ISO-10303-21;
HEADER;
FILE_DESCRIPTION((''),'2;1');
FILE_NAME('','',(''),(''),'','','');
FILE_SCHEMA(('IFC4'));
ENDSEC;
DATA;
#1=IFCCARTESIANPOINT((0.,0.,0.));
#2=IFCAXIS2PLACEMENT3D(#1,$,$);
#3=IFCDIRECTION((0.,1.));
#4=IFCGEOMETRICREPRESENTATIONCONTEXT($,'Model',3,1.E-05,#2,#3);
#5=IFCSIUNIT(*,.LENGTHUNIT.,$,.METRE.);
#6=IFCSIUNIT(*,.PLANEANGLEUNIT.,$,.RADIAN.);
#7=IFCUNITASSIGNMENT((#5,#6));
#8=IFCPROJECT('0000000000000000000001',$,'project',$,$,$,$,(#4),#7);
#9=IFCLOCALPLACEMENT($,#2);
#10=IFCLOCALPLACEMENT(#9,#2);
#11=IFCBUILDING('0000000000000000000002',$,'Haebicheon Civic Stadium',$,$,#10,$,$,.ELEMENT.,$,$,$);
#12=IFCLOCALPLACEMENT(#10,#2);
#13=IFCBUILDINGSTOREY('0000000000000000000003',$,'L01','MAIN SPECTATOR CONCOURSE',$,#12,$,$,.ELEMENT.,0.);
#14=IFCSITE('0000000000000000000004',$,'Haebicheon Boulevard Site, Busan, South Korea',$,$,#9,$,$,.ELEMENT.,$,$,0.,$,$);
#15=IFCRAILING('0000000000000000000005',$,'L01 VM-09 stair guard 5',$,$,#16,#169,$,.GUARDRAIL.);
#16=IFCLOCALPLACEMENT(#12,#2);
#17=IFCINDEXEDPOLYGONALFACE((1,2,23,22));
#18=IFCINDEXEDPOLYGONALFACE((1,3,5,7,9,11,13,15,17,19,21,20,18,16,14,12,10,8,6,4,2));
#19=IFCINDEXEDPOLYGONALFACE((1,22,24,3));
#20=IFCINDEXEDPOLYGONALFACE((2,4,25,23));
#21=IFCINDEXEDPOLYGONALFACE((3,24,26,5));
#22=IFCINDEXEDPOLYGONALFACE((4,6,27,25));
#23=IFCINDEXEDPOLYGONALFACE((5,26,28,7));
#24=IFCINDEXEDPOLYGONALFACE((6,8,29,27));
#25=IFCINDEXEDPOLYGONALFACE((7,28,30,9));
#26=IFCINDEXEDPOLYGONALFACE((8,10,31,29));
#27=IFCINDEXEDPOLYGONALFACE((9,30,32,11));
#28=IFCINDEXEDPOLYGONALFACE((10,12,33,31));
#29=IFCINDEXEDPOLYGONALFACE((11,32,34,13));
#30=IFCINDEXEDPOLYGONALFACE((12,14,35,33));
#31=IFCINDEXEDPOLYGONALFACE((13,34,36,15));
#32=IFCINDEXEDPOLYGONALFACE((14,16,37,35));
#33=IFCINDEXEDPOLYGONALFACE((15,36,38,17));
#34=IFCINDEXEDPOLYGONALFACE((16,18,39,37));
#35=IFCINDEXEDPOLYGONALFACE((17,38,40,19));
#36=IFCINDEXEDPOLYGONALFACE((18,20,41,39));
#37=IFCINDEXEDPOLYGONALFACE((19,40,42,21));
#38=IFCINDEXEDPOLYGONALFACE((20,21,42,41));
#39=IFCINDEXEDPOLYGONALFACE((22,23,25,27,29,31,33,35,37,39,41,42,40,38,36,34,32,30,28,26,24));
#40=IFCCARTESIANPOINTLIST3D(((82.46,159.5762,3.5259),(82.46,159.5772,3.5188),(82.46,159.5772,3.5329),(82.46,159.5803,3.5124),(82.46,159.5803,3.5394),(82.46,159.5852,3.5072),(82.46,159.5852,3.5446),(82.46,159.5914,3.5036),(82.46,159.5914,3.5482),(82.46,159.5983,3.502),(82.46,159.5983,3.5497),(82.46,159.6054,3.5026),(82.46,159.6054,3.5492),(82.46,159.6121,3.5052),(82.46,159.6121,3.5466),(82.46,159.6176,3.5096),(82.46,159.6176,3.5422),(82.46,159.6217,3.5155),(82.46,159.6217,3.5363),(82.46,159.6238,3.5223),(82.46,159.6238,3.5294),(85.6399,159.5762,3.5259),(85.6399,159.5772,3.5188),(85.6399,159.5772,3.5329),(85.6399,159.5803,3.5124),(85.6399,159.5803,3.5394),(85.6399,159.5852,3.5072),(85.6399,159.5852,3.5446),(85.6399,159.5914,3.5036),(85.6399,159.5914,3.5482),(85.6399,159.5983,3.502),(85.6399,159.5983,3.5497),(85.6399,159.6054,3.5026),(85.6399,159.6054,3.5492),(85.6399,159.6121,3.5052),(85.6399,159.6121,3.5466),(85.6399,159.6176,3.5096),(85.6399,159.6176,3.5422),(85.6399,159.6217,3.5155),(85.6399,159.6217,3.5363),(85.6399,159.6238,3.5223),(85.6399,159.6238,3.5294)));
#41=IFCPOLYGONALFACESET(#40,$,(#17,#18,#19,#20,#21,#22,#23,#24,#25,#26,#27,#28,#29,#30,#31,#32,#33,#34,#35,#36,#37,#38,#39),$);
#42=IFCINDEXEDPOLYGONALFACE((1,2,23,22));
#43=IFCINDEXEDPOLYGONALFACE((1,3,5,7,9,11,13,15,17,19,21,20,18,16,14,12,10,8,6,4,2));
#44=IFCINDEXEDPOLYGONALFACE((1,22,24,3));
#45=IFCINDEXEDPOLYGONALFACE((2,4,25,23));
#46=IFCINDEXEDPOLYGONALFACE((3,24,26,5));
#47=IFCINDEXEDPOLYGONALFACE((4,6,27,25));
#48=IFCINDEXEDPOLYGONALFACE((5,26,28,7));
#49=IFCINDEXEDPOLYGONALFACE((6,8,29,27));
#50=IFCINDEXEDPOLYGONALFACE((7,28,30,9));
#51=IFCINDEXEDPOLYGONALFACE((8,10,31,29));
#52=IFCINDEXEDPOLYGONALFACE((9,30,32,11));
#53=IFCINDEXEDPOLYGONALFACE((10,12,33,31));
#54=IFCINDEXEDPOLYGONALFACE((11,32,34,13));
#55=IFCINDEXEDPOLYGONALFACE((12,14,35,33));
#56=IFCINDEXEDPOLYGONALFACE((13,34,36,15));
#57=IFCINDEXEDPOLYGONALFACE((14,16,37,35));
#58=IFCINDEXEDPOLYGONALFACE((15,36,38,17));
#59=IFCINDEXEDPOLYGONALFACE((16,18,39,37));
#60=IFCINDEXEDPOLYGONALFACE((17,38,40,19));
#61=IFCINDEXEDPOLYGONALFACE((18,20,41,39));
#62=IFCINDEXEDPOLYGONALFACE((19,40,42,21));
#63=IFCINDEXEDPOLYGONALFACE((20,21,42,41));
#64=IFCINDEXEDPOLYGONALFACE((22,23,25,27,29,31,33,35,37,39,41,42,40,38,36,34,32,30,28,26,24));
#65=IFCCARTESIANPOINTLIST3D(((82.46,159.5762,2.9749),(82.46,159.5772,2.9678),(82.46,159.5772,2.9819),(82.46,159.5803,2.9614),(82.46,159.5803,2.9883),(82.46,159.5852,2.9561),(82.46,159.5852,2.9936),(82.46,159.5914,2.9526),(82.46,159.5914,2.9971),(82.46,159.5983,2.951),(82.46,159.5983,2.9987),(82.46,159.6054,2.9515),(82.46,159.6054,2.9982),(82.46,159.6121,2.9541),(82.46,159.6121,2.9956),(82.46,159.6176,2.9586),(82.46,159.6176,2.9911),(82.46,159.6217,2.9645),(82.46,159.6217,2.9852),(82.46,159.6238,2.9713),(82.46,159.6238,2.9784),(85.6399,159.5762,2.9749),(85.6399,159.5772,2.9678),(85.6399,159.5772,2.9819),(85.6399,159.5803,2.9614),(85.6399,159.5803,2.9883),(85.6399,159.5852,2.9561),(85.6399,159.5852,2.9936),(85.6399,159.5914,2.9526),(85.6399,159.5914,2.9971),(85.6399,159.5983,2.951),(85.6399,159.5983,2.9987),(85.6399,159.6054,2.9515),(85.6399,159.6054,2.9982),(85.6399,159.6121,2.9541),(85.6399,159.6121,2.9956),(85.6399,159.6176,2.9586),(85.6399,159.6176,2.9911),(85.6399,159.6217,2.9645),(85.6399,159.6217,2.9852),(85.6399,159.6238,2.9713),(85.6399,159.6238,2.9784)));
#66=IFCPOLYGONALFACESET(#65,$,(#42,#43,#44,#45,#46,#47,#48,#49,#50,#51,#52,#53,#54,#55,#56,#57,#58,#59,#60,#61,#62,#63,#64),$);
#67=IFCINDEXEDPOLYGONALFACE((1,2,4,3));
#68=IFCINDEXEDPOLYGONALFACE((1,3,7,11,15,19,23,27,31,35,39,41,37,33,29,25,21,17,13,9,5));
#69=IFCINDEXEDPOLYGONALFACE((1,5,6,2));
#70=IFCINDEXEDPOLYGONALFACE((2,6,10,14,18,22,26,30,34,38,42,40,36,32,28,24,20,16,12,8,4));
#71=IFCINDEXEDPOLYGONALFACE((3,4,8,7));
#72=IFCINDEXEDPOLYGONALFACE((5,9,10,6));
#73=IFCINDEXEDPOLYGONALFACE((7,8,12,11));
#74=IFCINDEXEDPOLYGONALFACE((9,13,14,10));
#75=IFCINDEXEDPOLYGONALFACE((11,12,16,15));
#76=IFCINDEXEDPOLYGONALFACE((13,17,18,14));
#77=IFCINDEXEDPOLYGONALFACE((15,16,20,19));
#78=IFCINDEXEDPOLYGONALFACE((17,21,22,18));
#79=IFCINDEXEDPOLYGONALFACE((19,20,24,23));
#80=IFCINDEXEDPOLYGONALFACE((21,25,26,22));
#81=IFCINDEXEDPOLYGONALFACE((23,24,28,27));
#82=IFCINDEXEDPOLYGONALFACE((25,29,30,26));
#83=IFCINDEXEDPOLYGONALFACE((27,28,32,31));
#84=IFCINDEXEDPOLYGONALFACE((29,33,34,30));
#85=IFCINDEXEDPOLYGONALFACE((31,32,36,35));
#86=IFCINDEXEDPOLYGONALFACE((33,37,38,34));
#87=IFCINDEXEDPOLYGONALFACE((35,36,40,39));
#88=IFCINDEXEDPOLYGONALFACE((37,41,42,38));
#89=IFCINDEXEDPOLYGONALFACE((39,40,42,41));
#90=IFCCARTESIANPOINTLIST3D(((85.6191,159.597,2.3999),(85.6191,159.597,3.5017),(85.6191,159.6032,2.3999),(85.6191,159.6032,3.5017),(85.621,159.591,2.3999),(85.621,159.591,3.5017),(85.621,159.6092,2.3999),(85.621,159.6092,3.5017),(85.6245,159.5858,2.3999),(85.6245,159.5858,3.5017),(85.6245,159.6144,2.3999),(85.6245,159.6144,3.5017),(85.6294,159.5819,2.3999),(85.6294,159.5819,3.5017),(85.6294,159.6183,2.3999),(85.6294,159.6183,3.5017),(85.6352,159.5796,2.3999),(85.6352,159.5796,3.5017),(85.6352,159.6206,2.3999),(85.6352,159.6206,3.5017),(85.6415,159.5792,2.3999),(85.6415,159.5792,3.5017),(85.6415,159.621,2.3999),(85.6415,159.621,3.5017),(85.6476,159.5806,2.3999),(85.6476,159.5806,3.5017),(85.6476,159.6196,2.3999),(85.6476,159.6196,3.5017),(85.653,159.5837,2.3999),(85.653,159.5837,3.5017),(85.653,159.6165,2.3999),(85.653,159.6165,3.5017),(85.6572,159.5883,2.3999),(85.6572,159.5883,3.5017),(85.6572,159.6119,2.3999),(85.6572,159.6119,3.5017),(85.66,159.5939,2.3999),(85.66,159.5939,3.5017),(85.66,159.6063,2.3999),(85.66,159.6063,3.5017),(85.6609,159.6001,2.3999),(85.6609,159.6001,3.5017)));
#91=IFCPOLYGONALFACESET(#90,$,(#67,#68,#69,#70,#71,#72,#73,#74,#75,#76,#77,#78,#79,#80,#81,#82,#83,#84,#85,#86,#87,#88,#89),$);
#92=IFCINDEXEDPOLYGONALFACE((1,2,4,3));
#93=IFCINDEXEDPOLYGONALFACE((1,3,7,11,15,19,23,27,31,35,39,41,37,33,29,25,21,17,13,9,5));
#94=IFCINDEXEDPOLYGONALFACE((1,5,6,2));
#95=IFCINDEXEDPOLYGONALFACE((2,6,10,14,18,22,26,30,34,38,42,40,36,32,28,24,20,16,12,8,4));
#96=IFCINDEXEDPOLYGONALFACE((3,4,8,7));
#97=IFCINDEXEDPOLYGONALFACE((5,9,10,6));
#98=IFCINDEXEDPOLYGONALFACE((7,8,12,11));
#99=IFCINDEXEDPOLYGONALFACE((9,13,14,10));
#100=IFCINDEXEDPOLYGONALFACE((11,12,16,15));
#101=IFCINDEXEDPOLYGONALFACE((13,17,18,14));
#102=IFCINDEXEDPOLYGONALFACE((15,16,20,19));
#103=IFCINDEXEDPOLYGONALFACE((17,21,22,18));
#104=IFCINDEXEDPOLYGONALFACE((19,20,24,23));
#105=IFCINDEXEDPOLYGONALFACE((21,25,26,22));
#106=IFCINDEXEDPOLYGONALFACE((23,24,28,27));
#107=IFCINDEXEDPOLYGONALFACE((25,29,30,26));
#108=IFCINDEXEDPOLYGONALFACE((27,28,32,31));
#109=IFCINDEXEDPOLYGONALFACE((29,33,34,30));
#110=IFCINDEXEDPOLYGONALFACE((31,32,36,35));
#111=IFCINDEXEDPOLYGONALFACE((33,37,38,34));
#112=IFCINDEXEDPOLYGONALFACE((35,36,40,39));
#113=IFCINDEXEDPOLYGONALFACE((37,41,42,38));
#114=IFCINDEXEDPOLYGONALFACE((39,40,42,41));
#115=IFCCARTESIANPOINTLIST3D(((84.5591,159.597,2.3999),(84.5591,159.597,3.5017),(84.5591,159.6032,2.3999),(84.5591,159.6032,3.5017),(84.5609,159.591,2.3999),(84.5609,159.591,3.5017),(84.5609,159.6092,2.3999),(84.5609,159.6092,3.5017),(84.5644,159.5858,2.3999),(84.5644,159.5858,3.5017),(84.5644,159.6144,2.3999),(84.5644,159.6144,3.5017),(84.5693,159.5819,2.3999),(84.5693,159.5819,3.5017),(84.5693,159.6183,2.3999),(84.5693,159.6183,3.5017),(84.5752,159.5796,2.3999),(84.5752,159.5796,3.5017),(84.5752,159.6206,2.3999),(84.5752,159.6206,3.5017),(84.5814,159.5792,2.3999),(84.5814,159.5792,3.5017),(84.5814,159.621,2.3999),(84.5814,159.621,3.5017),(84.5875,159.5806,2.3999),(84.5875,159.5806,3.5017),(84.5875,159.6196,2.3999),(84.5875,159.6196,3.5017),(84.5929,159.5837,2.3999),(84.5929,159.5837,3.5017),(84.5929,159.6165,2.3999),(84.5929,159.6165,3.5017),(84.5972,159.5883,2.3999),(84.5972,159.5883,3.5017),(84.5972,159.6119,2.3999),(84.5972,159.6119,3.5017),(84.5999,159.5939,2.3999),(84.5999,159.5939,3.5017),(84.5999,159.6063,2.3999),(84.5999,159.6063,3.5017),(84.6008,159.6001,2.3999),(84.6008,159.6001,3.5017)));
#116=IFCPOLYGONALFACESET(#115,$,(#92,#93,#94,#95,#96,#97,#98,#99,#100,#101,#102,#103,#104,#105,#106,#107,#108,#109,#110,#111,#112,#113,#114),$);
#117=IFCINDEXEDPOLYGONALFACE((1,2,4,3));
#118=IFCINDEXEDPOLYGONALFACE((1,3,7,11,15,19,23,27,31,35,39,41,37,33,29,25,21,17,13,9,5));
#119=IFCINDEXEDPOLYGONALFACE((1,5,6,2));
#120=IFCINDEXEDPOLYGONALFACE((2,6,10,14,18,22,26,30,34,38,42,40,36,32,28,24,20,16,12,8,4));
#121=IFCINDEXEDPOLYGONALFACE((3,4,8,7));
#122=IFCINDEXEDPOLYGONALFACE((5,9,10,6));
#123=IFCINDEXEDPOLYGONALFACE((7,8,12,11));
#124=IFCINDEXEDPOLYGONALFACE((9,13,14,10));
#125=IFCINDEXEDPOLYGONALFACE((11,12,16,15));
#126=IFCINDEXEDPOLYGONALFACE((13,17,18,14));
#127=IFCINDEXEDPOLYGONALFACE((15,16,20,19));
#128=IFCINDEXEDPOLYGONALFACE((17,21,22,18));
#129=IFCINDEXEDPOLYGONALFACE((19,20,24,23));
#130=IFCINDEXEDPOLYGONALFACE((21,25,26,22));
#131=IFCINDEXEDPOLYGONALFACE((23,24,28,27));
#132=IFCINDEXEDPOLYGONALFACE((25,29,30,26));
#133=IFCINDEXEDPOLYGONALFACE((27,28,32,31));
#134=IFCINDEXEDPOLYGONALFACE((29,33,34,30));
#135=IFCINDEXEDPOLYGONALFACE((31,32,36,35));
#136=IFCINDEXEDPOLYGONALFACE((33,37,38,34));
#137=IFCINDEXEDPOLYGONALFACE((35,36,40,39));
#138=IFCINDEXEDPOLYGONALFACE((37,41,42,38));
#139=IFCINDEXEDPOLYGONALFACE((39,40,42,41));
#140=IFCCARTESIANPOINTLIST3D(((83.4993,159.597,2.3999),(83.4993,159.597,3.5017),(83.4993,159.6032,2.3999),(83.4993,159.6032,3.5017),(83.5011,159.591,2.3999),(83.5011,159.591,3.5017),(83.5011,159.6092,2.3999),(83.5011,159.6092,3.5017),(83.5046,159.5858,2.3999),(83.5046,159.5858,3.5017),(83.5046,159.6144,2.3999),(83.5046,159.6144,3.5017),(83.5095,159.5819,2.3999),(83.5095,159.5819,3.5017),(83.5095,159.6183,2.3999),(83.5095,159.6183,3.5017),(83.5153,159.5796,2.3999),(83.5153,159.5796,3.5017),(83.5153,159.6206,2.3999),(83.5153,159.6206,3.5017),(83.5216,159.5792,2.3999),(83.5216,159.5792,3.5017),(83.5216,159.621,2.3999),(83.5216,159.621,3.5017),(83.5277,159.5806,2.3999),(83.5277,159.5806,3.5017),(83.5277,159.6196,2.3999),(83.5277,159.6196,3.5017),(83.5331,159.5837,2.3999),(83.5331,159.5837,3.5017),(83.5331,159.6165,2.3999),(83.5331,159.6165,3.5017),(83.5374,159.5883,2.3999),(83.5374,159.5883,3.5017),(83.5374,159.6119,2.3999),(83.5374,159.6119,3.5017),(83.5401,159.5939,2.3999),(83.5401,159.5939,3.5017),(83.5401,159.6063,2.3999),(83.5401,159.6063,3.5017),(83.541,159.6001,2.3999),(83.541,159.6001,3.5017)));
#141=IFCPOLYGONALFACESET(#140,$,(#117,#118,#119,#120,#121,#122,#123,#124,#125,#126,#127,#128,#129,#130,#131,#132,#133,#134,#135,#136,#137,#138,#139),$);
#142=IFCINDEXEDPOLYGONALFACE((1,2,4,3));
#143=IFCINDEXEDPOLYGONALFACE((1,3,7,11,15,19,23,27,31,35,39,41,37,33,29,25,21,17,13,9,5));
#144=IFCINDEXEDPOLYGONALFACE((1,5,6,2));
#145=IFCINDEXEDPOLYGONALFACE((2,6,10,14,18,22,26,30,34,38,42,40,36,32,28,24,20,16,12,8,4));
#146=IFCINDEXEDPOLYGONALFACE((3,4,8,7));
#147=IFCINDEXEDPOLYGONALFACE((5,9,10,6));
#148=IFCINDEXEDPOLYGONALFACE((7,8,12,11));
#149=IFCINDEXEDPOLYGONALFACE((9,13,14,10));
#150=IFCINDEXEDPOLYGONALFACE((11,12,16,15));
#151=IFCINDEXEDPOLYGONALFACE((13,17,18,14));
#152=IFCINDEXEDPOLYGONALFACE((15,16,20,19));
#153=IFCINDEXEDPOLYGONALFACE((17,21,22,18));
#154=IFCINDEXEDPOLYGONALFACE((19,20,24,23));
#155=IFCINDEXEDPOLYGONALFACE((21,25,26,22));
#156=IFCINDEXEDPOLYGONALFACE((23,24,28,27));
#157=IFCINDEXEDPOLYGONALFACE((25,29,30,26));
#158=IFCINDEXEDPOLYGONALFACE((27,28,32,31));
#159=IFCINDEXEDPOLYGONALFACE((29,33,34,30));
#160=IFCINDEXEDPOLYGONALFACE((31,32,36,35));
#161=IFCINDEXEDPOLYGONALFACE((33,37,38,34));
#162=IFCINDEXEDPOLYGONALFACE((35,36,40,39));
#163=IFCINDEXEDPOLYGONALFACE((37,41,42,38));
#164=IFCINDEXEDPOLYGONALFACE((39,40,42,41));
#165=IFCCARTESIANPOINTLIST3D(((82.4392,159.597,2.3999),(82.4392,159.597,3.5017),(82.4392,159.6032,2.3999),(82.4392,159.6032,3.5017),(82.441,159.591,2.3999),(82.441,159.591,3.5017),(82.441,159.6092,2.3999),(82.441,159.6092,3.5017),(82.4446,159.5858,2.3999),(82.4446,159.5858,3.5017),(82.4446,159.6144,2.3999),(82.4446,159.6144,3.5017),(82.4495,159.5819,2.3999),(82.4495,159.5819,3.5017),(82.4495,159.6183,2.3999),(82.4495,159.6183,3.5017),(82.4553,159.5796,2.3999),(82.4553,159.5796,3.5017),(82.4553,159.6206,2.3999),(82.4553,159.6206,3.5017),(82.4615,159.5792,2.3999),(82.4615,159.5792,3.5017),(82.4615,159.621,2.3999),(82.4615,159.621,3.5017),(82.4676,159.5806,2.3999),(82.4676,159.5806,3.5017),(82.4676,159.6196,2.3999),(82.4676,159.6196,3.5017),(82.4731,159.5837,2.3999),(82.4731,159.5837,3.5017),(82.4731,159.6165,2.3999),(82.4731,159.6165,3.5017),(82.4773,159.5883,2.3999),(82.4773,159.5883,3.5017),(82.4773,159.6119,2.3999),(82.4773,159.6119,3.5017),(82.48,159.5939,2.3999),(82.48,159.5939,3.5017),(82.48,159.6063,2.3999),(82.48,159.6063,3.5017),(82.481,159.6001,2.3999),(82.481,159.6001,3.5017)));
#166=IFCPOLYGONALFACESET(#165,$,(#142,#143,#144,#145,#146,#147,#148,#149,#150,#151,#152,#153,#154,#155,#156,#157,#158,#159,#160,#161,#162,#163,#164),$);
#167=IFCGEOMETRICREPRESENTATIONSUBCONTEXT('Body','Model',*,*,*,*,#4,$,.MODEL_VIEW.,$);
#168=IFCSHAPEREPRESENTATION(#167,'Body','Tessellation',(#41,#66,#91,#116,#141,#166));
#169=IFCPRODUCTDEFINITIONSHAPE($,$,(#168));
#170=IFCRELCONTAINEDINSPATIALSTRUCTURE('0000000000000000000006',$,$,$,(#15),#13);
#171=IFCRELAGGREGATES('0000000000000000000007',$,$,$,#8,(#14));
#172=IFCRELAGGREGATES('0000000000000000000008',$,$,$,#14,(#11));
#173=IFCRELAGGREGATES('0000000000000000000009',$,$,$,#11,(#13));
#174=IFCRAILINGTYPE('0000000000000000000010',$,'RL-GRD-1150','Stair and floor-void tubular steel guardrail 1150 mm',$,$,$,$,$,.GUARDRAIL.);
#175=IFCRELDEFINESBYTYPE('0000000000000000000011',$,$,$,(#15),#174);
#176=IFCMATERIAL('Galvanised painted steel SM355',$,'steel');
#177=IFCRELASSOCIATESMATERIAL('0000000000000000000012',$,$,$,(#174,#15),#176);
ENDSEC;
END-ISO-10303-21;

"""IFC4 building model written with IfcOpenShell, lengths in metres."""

from ifc_helpers import new_model, si_unit, direction, frame, origin, origin_2d, place, context, subcontext, project, spatial, circle, extrude, material, type_object, element, save


model = new_model("IFC4")

# Units and contexts
model_context = context("Model", 3, precision=1e-05, world=origin(), true_north=direction((0.0, 1.0)))
body_context = subcontext(model_context, "Body", "Model", "MODEL_VIEW")
ifc_project = project(units=[si_unit("LENGTHUNIT", "METRE"), si_unit("PLANEANGLEUNIT", "RADIAN")], contexts=[model_context])

# Site, building, storey
site_placement = place(None, origin())
site = spatial("IfcSite", under=ifc_project, at=site_placement, Name="Haebicheon Boulevard Site, Busan, South Korea", CompositionType="ELEMENT", RefElevation=0.0)
building_placement = place(site_placement, origin())
building = spatial("IfcBuilding", under=site, at=building_placement, Name="Haebicheon Civic Stadium", CompositionType="ELEMENT")
storey_placement = place(building_placement, origin())
storey = spatial("IfcBuildingStorey", under=building, at=storey_placement, Name="L01", Description="MAIN SPECTATOR CONCOURSE", CompositionType="ELEMENT", Elevation=0.0)

# Railing
ifc_material_1 = material(Name="Galvanised painted steel SM355", Category="steel")
railing_type_1 = type_object("IfcRailingType", Name="RL-GRD-1150", Description="Stair and floor-void tubular steel guardrail 1150 mm", PredefinedType="GUARDRAIL", material=ifc_material_1)
railing_1_placement = place(storey_placement, frame((85.6399, 159.6001, 2.3999)))
element("IfcRailing", 1, at=railing_1_placement, inside=storey, type_object=railing_type_1, material=ifc_material_1, Name="L01 VM-09 stair guard 5", PredefinedType="GUARDRAIL", context=body_context, shape_type="SweptSolid", body=[
    extrude(circle(Radius=0.0239, at=origin_2d()), frame((0.0, 0.0, 1.126), z_axis=(-1.0, 0.0, 0.0), x_axis=(0.0, -1.0, 0.0)), (0.0, 0.0, 1.0), 3.1799),
    extrude(circle(Radius=0.0239, at=origin_2d()), frame((0.0, 0.0, 0.575), z_axis=(-1.0, 0.0, 0.0), x_axis=(0.0, -1.0, 0.0)), (0.0, 0.0, 1.0), 3.1799),
    extrude(circle(Radius=0.021, at=origin_2d()), origin(), (0.0, 0.0, 1.0), 1.1018),
    extrude(circle(Radius=0.021, at=origin_2d()), frame((-1.0601, 0.0, 0.0)), (0.0, 0.0, 1.0), 1.1018),
    extrude(circle(Radius=0.021, at=origin_2d()), frame((-2.1199, 0.0, 0.0)), (0.0, 0.0, 1.0), 1.1018),
    extrude(circle(Radius=0.021, at=origin_2d()), frame((-3.1799, 0.0, 0.0)), (0.0, 0.0, 1.0), 1.1018),
])

save(model, "model.ifc")
